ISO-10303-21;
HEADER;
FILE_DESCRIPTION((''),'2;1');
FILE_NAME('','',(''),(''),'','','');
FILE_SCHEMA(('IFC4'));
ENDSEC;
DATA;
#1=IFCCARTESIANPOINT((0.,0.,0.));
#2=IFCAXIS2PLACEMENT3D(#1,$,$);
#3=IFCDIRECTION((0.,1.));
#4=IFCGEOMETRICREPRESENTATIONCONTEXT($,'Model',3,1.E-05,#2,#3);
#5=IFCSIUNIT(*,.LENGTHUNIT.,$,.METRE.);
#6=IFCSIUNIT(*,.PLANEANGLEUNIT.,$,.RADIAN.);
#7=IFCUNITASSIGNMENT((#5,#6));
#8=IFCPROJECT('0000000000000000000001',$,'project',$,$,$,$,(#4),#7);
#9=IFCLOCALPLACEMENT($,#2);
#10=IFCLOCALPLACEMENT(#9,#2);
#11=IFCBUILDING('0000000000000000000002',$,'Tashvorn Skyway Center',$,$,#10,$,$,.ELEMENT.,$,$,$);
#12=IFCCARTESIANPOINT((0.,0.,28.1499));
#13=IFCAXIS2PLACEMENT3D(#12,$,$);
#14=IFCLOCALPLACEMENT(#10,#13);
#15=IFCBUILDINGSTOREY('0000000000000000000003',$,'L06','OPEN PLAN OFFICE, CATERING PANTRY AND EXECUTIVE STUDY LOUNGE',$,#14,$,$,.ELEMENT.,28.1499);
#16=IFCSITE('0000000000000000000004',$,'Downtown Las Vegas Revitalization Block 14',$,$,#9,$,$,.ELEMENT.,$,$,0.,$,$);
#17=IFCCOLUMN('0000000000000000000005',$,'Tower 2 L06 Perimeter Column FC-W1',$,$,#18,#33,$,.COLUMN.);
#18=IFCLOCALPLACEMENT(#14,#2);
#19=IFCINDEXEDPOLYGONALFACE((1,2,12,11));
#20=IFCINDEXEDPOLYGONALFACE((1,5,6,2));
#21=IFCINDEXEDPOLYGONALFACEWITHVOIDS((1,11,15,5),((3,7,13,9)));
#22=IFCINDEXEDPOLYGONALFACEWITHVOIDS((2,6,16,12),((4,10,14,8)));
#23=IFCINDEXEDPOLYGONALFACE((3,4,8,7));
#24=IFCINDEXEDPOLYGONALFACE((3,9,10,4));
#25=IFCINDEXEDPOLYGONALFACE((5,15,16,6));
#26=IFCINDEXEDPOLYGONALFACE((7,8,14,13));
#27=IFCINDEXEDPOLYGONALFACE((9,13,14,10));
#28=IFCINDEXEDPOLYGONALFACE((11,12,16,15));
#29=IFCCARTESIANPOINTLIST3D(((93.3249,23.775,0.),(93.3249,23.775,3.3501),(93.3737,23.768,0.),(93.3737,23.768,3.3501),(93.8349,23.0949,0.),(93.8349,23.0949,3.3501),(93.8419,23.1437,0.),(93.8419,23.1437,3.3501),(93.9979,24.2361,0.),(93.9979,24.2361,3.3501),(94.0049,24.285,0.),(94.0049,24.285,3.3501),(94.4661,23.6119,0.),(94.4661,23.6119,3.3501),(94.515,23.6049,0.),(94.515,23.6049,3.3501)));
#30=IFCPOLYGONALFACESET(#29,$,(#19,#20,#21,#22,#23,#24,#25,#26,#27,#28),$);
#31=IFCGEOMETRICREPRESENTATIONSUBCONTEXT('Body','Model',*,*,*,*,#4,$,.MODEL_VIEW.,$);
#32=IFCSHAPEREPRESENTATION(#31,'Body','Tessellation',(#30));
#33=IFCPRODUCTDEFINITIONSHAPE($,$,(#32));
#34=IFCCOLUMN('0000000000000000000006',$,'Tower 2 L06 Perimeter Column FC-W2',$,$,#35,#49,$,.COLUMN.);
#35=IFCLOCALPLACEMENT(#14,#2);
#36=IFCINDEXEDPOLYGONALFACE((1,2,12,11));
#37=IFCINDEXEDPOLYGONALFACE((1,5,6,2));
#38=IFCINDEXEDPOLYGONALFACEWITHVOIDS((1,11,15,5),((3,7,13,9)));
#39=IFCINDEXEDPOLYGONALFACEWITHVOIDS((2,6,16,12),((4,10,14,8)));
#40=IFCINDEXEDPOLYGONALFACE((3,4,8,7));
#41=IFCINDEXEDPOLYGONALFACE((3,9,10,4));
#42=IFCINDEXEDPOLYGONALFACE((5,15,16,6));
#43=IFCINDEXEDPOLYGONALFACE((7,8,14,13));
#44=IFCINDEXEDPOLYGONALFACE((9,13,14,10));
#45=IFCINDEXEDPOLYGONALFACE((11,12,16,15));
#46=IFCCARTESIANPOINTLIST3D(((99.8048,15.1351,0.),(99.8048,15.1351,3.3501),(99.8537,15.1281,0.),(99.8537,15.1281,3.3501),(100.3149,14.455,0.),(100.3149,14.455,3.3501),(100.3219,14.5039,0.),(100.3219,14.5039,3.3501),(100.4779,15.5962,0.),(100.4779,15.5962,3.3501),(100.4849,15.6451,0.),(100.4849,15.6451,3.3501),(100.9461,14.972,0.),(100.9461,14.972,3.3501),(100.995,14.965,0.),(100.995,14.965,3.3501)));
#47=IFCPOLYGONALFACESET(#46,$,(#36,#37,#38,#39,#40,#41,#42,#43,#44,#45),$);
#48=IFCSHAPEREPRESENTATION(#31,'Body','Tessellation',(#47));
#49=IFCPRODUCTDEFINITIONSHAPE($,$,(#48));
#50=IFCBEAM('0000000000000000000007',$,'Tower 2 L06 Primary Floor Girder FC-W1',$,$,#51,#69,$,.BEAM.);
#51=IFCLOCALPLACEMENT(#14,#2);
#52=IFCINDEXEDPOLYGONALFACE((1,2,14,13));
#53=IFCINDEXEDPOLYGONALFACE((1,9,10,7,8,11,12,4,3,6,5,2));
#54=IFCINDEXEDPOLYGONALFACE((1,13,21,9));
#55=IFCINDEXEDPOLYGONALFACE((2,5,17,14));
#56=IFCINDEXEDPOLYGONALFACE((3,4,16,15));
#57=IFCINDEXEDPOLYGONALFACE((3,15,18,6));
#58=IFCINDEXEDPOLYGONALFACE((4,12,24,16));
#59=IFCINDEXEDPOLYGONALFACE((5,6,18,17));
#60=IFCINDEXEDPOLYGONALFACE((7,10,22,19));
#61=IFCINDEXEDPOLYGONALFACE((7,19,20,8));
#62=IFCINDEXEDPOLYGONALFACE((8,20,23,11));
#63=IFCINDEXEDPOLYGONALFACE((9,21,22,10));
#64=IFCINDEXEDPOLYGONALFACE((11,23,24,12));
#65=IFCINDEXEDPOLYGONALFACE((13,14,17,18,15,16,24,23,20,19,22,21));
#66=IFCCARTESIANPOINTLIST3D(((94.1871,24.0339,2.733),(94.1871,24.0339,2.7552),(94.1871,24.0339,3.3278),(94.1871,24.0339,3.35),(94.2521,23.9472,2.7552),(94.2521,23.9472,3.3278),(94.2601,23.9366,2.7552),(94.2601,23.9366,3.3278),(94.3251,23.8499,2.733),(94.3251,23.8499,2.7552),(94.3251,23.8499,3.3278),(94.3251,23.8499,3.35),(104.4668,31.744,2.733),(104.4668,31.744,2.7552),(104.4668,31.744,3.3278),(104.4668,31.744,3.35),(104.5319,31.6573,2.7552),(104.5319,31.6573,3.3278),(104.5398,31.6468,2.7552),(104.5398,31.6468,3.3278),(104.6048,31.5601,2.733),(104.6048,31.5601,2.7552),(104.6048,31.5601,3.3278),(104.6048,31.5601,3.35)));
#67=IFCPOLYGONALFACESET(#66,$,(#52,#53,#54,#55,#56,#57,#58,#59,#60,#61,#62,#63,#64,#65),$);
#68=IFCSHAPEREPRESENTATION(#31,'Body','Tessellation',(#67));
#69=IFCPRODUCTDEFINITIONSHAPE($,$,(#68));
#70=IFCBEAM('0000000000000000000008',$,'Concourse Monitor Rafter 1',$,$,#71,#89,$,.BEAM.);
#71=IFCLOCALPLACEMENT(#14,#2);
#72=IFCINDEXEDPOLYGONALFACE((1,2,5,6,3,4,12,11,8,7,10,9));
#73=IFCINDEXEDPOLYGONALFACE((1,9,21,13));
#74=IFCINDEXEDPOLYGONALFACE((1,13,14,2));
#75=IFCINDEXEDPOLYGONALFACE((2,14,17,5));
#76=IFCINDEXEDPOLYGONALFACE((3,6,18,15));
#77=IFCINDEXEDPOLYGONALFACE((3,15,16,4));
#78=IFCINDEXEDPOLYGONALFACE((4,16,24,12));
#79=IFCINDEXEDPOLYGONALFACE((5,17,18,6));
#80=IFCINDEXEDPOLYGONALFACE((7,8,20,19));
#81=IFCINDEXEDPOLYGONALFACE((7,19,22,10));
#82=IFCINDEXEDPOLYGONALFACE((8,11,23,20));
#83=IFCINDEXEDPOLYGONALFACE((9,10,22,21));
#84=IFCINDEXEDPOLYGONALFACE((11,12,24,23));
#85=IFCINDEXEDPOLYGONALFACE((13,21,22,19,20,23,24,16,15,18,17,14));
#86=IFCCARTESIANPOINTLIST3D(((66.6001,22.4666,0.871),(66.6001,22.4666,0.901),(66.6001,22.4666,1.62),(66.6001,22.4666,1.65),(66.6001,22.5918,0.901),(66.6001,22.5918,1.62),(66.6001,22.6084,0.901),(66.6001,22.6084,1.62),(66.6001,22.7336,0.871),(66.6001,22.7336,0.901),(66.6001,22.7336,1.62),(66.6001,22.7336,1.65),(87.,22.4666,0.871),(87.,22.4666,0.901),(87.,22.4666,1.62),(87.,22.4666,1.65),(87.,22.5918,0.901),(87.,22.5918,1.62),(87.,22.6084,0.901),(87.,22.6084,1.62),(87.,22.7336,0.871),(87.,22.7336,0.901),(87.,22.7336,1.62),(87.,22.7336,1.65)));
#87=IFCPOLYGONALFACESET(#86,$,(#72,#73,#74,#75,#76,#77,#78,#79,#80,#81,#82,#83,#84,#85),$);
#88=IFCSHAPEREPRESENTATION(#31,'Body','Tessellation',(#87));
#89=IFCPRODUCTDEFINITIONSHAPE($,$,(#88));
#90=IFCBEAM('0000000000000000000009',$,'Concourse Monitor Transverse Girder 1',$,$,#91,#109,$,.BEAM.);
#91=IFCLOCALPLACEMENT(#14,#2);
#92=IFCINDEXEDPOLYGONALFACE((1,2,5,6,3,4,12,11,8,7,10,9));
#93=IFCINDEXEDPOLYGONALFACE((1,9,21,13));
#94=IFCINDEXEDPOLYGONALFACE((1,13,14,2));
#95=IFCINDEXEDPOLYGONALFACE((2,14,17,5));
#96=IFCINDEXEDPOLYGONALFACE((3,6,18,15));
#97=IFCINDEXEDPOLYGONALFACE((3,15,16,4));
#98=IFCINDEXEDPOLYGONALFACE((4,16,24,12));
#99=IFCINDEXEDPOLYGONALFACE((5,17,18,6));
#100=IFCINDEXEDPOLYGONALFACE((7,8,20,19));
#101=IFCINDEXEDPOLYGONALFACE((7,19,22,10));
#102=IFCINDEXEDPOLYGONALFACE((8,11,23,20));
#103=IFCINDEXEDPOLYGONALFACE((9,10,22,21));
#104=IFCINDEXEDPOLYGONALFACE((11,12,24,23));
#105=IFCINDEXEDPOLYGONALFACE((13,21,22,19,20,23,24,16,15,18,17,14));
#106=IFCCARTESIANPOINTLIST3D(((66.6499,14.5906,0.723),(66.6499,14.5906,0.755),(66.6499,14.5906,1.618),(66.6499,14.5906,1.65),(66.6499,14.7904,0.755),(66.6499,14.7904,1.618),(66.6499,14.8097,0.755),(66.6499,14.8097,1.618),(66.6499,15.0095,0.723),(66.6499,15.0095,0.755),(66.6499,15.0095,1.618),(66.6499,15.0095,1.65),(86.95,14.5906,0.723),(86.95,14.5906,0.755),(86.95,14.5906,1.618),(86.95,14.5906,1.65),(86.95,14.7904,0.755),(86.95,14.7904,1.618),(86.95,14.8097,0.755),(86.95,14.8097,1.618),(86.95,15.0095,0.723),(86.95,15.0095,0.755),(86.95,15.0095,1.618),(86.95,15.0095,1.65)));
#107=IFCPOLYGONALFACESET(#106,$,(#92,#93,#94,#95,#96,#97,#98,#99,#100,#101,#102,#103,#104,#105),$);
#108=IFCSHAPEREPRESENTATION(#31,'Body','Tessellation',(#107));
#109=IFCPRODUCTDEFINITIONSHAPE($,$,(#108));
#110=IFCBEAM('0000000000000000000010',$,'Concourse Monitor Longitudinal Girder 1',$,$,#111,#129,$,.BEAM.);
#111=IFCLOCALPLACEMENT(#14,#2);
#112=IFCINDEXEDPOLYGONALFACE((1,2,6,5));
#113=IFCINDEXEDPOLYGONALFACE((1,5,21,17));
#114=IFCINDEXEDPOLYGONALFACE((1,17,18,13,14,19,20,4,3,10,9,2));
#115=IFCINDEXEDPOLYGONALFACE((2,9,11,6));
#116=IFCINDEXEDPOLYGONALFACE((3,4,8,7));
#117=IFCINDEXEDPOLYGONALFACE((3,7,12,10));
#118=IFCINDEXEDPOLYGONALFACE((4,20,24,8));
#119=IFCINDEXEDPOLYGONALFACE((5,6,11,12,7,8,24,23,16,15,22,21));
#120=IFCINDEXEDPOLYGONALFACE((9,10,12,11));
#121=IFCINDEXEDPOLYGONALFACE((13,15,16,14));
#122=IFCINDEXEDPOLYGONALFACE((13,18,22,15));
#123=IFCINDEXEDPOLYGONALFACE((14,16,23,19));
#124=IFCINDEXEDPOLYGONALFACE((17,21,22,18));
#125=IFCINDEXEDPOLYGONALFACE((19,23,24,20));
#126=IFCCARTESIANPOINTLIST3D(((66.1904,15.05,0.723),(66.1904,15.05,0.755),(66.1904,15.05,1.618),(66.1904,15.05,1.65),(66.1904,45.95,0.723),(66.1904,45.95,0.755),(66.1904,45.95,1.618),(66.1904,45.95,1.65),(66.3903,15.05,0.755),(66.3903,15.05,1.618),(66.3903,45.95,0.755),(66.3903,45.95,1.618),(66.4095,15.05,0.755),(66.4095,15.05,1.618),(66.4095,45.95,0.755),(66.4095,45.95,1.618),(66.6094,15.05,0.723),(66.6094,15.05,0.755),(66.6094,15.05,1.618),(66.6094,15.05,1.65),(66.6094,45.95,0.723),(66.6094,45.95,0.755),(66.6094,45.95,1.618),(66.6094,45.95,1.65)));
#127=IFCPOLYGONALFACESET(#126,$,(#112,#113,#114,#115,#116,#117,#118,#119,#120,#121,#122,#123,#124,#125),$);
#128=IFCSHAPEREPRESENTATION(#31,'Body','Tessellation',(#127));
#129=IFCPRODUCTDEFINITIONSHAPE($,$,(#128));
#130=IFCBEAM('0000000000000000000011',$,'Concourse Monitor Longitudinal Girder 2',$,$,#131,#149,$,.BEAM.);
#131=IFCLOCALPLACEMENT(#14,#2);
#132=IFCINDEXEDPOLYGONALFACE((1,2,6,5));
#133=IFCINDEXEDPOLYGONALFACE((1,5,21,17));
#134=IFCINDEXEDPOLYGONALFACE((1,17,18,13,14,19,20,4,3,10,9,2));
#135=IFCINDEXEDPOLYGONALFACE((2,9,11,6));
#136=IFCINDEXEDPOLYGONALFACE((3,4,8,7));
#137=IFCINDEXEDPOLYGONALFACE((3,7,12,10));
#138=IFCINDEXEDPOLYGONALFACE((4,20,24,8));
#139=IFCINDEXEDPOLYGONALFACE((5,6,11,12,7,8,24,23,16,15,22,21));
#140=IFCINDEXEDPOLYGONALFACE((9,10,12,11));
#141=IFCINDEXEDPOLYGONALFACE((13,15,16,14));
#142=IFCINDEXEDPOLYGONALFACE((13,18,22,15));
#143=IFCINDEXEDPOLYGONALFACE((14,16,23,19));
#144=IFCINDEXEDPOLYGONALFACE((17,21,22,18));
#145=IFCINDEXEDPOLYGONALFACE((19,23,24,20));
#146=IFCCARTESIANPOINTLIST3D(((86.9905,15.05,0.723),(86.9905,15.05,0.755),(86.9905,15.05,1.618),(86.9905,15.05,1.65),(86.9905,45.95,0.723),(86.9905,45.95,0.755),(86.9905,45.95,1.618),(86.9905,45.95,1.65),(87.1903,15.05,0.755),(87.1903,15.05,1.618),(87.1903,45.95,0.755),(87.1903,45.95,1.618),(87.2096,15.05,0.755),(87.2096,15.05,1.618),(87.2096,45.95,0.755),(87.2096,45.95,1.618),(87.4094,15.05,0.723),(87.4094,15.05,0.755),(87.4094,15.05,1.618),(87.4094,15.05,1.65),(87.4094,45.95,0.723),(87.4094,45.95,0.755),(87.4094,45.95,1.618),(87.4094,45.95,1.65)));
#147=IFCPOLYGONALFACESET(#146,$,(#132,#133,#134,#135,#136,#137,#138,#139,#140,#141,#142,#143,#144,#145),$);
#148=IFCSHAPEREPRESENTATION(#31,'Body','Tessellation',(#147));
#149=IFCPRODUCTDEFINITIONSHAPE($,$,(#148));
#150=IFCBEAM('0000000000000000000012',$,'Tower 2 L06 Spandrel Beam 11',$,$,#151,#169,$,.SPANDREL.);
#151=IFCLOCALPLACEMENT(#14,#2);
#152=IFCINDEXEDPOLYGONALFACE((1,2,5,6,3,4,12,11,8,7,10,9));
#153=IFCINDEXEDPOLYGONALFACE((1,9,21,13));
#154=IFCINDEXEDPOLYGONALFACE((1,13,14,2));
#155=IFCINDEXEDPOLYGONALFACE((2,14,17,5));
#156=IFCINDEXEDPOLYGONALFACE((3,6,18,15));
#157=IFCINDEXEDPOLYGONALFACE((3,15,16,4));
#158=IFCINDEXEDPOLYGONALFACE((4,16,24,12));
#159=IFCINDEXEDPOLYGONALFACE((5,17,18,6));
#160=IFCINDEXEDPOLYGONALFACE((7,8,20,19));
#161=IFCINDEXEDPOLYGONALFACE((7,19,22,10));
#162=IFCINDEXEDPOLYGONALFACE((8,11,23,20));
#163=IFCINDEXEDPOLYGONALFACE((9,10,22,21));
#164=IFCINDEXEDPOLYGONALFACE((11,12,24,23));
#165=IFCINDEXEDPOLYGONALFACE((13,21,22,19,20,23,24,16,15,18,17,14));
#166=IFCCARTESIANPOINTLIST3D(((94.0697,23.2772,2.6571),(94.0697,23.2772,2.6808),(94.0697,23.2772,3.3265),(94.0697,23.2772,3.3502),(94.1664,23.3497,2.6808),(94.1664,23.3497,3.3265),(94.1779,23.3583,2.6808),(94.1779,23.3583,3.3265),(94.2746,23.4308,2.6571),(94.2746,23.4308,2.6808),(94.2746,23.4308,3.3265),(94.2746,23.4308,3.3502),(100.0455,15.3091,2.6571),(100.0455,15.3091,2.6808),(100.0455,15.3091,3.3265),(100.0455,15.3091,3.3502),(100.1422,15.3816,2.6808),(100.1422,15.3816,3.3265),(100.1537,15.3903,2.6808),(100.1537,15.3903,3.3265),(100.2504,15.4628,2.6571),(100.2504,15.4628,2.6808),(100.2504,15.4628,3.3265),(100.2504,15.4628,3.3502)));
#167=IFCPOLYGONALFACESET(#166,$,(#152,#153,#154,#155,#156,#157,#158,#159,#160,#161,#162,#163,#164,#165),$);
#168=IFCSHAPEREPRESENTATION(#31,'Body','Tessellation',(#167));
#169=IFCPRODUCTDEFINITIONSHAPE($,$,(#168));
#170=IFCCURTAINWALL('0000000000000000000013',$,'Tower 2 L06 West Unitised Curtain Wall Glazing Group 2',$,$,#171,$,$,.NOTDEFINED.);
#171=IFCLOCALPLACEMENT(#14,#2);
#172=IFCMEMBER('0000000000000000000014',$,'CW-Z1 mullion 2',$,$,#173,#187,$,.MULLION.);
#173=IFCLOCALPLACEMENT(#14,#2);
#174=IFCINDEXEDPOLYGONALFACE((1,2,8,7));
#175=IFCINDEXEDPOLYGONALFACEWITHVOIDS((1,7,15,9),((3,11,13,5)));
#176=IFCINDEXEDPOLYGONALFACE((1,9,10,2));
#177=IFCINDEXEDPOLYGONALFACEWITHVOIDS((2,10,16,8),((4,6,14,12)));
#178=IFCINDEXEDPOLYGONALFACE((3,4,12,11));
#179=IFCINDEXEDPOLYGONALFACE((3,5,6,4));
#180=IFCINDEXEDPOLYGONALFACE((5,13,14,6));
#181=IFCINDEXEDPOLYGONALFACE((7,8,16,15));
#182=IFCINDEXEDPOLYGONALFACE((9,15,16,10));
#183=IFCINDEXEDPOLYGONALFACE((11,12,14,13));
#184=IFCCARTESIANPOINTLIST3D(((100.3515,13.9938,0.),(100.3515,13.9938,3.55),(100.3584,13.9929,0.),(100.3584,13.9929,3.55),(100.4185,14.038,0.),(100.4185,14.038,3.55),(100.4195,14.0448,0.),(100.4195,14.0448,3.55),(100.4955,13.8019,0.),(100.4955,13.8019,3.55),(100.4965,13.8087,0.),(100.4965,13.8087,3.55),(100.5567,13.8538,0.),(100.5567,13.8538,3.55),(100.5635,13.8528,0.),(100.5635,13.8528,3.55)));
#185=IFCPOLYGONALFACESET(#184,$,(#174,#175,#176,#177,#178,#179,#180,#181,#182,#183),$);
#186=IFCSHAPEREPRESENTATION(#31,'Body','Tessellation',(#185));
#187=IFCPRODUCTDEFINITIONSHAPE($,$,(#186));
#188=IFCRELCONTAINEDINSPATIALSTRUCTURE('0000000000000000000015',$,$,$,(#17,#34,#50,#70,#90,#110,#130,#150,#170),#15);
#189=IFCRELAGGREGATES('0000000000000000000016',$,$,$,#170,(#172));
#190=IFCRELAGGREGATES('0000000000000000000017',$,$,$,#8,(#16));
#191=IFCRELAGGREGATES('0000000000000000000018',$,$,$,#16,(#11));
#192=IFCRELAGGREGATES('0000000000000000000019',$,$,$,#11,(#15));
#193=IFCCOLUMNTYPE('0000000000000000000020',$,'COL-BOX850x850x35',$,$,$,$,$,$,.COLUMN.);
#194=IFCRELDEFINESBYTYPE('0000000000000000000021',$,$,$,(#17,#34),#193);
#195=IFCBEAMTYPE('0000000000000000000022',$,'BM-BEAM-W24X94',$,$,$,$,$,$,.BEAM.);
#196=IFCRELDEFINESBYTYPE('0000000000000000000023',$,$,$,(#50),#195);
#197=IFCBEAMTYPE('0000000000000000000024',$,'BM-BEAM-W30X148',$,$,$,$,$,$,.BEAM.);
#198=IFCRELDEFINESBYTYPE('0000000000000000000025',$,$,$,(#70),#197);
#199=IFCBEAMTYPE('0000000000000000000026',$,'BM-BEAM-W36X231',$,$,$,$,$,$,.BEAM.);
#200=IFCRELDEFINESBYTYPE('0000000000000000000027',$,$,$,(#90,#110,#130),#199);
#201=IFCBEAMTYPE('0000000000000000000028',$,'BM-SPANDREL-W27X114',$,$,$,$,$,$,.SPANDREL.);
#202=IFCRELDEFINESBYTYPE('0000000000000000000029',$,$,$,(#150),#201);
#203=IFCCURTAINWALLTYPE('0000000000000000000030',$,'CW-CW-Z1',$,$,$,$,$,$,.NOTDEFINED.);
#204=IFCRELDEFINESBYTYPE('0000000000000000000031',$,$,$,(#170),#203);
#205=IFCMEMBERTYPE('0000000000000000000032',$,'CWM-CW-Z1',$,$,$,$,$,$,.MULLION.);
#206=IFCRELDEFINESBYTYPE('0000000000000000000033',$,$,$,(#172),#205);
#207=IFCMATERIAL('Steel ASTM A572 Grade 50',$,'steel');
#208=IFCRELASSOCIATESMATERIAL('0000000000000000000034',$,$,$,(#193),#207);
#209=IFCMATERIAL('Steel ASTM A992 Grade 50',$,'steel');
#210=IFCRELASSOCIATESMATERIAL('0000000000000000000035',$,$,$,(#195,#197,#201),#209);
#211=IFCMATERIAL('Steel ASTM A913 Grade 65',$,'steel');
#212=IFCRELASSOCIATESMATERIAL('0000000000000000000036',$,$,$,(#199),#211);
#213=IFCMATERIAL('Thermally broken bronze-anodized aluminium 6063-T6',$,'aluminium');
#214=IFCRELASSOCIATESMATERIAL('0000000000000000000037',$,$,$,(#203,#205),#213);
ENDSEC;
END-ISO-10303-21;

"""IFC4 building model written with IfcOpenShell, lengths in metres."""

from ifc_helpers import new_model, si_unit, direction, frame, origin, origin_2d, place, context, subcontext, project, spatial, hollow_rectangle, i_section, extrude, material, material_profile, profile_set, type_object, element, aggregate, save


model = new_model("IFC4")

# Units and contexts
model_context = context("Model", 3, precision=1e-05, world=origin(), true_north=direction((0.0, 1.0)))
body_context = subcontext(model_context, "Body", "Model", "MODEL_VIEW")
ifc_project = project(units=[si_unit("LENGTHUNIT", "METRE"), si_unit("PLANEANGLEUNIT", "RADIAN")], contexts=[model_context])

# Site, building, storey
site_placement = place(None, origin())
site = spatial("IfcSite", under=ifc_project, at=site_placement, Name="Downtown Las Vegas Revitalization Block 14", CompositionType="ELEMENT", RefElevation=0.0)
building_placement = place(site_placement, origin())
building = spatial("IfcBuilding", under=site, at=building_placement, Name="Tashvorn Skyway Center", CompositionType="ELEMENT")
storey_placement = place(building_placement, frame((0.0, 0.0, 28.1499)))
storey = spatial("IfcBuildingStorey", under=building, at=storey_placement, Name="L06", Description="OPEN PLAN OFFICE, CATERING PANTRY AND EXECUTIVE STUDY LOUNGE", CompositionType="ELEMENT", Elevation=28.1499)

# Columns
ifc_material_1 = material(Name="Steel ASTM A572 Grade 50", Category="steel")
ifc_material_profile_1 = material_profile(ifc_material_1, hollow_rectangle(XDim=0.8501, YDim=0.8501, WallThickness=0.0349, at=origin_2d()), Name="BOX850x850x35")
ifc_profile_set_1 = profile_set([ifc_material_profile_1], Name="Steel ASTM A572 Grade 50")
column_type = type_object("IfcColumnType", Name="COL-BOX850x850x35", PredefinedType="COLUMN", material=ifc_profile_set_1)
for number, where, z_axis, x_axis, name in (
    (1, (93.9199, 23.6899, 0.0), (0.0, 0.0, 1.0), (0.8, 0.6, 0.0), "Tower 2 L06 Perimeter Column FC-W1"),
    (2, (100.3999, 15.05, 0.0), (0.0, 0.0, 1.0), (0.8, 0.6, 0.0), "Tower 2 L06 Perimeter Column FC-W2"),
):
    element("IfcColumn", number, at=place(storey_placement, frame(where, z_axis=z_axis, x_axis=x_axis)), inside=storey, type_object=column_type, Name=name, PredefinedType="COLUMN", context=body_context, shape_type="SweptSolid", body=[
        extrude(hollow_rectangle(XDim=0.8501, YDim=0.8501, WallThickness=0.0349, at=origin_2d()), origin(), (0.0, 0.0, 1.0), 3.3501),
    ])

# Beams
ifc_material_2 = material(Name="Steel ASTM A992 Grade 50", Category="steel")
ifc_material_profile_2 = material_profile(ifc_material_2, i_section(OverallWidth=0.23, OverallDepth=0.6169, WebThickness=0.0132, FlangeThickness=0.0222, at=origin_2d()), Name="W24X94")
ifc_profile_set_2 = profile_set([ifc_material_profile_2], Name="Steel ASTM A992 Grade 50")
beam_type_1 = type_object("IfcBeamType", Name="BM-BEAM-W24X94", PredefinedType="BEAM", material=ifc_profile_set_2)
beam_1_placement = place(storey_placement, frame((94.2561, 23.9419, 3.0415), z_axis=(0.799986, 0.600018, 0.0), x_axis=(-0.600018, 0.799986, 0.0)))
element("IfcBeam", 3, at=beam_1_placement, inside=storey, type_object=beam_type_1, Name="Tower 2 L06 Primary Floor Girder FC-W1", PredefinedType="BEAM", context=body_context, shape_type="SweptSolid", body=[
    extrude(i_section(OverallWidth=0.23, OverallDepth=0.6169, WebThickness=0.0132, FlangeThickness=0.0222, at=origin_2d()), origin(), (0.0, 0.0, 1.0), 12.8499),
])
ifc_material_profile_3 = material_profile(ifc_material_2, i_section(OverallWidth=0.2671, OverallDepth=0.7791, WebThickness=0.0166, FlangeThickness=0.03, at=origin_2d()), Name="W30X148")
ifc_profile_set_3 = profile_set([ifc_material_profile_3], Name="Steel ASTM A992 Grade 50")
beam_type_2 = type_object("IfcBeamType", Name="BM-BEAM-W30X148", PredefinedType="BEAM", material=ifc_profile_set_3)
beam_2_placement = place(storey_placement, frame((66.6001, 22.6001, 1.2605), z_axis=(1.0, 0.0, 0.0), x_axis=(0.0, 1.0, 0.0)))
element("IfcBeam", 4, at=beam_2_placement, inside=storey, type_object=beam_type_2, Name="Concourse Monitor Rafter 1", PredefinedType="BEAM", context=body_context, shape_type="SweptSolid", body=[
    extrude(i_section(OverallWidth=0.2671, OverallDepth=0.7791, WebThickness=0.0166, FlangeThickness=0.03, at=origin_2d()), origin(), (0.0, 0.0, 1.0), 20.3999),
])
ifc_material_3 = material(Name="Steel ASTM A913 Grade 65", Category="steel")
ifc_material_profile_4 = material_profile(ifc_material_3, i_section(OverallWidth=0.4189, OverallDepth=0.927, WebThickness=0.0193, FlangeThickness=0.032, at=origin_2d()), Name="W36X231")
ifc_profile_set_4 = profile_set([ifc_material_profile_4], Name="Steel ASTM A913 Grade 65")
beam_type_3 = type_object("IfcBeamType", Name="BM-BEAM-W36X231", PredefinedType="BEAM", material=ifc_profile_set_4)
beam_3_placement = place(storey_placement, frame((66.6499, 14.8, 1.1865), z_axis=(1.0, 0.0, 0.0), x_axis=(0.0, 1.0, 0.0)))
element("IfcBeam", 5, at=beam_3_placement, inside=storey, type_object=beam_type_3, Name="Concourse Monitor Transverse Girder 1", PredefinedType="BEAM", context=body_context, shape_type="SweptSolid", body=[
    extrude(i_section(OverallWidth=0.4189, OverallDepth=0.927, WebThickness=0.0193, FlangeThickness=0.032, at=origin_2d()), origin(), (0.0, 0.0, 1.0), 20.3),
])
for number, where, z_axis, x_axis, name in (
    (6, (66.3999, 15.05, 1.1865), (0.0, 1.0, 0.0), (-1.0, 0.0, 0.0), "Concourse Monitor Longitudinal Girder 1"),
    (7, (87.2, 15.05, 1.1865), (0.0, 1.0, 0.0), (-1.0, 0.0, 0.0), "Concourse Monitor Longitudinal Girder 2"),
):
    element("IfcBeam", number, at=place(storey_placement, frame(where, z_axis=z_axis, x_axis=x_axis)), inside=storey, type_object=beam_type_3, Name=name, PredefinedType="BEAM", context=body_context, shape_type="SweptSolid", body=[
        extrude(i_section(OverallWidth=0.4189, OverallDepth=0.927, WebThickness=0.0193, FlangeThickness=0.032, at=origin_2d()), origin(), (0.0, 0.0, 1.0), 30.8999),
    ])
ifc_material_profile_5 = material_profile(ifc_material_2, i_section(OverallWidth=0.2561, OverallDepth=0.6931, WebThickness=0.0144, FlangeThickness=0.0237, at=origin_2d()), Name="W27X114")
ifc_profile_set_5 = profile_set([ifc_material_profile_5], Name="Steel ASTM A992 Grade 50")
beam_type_4 = type_object("IfcBeamType", Name="BM-SPANDREL-W27X114", PredefinedType="SPANDREL", material=ifc_profile_set_5)
beam_4_placement = place(storey_placement, frame((94.1721, 23.354, 3.0037), z_axis=(0.599988, -0.800009, 0.0), x_axis=(0.800009, 0.599988, 0.0)))
element("IfcBeam", 8, at=beam_4_placement, inside=storey, type_object=beam_type_4, Name="Tower 2 L06 Spandrel Beam 11", PredefinedType="SPANDREL", context=body_context, shape_type="SweptSolid", body=[
    extrude(i_section(OverallWidth=0.2561, OverallDepth=0.6931, WebThickness=0.0144, FlangeThickness=0.0237, at=origin_2d()), origin(), (0.0, 0.0, 1.0), 9.96),
])

# Curtain wall, member
ifc_material_4 = material(Name="Thermally broken bronze-anodized aluminium 6063-T6", Category="aluminium")
curtain_wall_type = type_object("IfcCurtainWallType", Name="CW-CW-Z1", PredefinedType="NOTDEFINED", material=ifc_material_4)
curtain_wall_1_placement = place(storey_placement, origin())
curtain_wall_1 = element("IfcCurtainWall", 9, at=curtain_wall_1_placement, inside=storey, type_object=curtain_wall_type, Name="Tower 2 L06 West Unitised Curtain Wall Glazing Group 2", PredefinedType="NOTDEFINED")
ifc_material_profile_6 = material_profile(ifc_material_4, hollow_rectangle(XDim=0.085, YDim=0.24, WallThickness=0.0049, at=origin_2d()), Name="ALU-MULL-85x240")
ifc_profile_set_6 = profile_set([ifc_material_profile_6], Name="Thermally broken bronze-anodized aluminium 6063-T6")
member_type_1 = type_object("IfcMemberType", Name="CWM-CW-Z1", PredefinedType="MULLION", material=ifc_profile_set_6)
member_1_placement = place(storey_placement, frame((100.4575, 13.9233, 0.0), z_axis=(0.0, 0.0, 1.0), x_axis=(-0.799996, -0.600005, 0.0)))
member_1 = element("IfcMember", 10, at=member_1_placement, type_object=member_type_1, Name="CW-Z1 mullion 2", PredefinedType="MULLION", context=body_context, shape_type="SweptSolid", body=[
    extrude(hollow_rectangle(XDim=0.085, YDim=0.24, WallThickness=0.0049, at=origin_2d()), origin(), (0.0, 0.0, 1.0), 3.55),
])
aggregate(curtain_wall_1, [member_1])

save(model, "model.ifc")
